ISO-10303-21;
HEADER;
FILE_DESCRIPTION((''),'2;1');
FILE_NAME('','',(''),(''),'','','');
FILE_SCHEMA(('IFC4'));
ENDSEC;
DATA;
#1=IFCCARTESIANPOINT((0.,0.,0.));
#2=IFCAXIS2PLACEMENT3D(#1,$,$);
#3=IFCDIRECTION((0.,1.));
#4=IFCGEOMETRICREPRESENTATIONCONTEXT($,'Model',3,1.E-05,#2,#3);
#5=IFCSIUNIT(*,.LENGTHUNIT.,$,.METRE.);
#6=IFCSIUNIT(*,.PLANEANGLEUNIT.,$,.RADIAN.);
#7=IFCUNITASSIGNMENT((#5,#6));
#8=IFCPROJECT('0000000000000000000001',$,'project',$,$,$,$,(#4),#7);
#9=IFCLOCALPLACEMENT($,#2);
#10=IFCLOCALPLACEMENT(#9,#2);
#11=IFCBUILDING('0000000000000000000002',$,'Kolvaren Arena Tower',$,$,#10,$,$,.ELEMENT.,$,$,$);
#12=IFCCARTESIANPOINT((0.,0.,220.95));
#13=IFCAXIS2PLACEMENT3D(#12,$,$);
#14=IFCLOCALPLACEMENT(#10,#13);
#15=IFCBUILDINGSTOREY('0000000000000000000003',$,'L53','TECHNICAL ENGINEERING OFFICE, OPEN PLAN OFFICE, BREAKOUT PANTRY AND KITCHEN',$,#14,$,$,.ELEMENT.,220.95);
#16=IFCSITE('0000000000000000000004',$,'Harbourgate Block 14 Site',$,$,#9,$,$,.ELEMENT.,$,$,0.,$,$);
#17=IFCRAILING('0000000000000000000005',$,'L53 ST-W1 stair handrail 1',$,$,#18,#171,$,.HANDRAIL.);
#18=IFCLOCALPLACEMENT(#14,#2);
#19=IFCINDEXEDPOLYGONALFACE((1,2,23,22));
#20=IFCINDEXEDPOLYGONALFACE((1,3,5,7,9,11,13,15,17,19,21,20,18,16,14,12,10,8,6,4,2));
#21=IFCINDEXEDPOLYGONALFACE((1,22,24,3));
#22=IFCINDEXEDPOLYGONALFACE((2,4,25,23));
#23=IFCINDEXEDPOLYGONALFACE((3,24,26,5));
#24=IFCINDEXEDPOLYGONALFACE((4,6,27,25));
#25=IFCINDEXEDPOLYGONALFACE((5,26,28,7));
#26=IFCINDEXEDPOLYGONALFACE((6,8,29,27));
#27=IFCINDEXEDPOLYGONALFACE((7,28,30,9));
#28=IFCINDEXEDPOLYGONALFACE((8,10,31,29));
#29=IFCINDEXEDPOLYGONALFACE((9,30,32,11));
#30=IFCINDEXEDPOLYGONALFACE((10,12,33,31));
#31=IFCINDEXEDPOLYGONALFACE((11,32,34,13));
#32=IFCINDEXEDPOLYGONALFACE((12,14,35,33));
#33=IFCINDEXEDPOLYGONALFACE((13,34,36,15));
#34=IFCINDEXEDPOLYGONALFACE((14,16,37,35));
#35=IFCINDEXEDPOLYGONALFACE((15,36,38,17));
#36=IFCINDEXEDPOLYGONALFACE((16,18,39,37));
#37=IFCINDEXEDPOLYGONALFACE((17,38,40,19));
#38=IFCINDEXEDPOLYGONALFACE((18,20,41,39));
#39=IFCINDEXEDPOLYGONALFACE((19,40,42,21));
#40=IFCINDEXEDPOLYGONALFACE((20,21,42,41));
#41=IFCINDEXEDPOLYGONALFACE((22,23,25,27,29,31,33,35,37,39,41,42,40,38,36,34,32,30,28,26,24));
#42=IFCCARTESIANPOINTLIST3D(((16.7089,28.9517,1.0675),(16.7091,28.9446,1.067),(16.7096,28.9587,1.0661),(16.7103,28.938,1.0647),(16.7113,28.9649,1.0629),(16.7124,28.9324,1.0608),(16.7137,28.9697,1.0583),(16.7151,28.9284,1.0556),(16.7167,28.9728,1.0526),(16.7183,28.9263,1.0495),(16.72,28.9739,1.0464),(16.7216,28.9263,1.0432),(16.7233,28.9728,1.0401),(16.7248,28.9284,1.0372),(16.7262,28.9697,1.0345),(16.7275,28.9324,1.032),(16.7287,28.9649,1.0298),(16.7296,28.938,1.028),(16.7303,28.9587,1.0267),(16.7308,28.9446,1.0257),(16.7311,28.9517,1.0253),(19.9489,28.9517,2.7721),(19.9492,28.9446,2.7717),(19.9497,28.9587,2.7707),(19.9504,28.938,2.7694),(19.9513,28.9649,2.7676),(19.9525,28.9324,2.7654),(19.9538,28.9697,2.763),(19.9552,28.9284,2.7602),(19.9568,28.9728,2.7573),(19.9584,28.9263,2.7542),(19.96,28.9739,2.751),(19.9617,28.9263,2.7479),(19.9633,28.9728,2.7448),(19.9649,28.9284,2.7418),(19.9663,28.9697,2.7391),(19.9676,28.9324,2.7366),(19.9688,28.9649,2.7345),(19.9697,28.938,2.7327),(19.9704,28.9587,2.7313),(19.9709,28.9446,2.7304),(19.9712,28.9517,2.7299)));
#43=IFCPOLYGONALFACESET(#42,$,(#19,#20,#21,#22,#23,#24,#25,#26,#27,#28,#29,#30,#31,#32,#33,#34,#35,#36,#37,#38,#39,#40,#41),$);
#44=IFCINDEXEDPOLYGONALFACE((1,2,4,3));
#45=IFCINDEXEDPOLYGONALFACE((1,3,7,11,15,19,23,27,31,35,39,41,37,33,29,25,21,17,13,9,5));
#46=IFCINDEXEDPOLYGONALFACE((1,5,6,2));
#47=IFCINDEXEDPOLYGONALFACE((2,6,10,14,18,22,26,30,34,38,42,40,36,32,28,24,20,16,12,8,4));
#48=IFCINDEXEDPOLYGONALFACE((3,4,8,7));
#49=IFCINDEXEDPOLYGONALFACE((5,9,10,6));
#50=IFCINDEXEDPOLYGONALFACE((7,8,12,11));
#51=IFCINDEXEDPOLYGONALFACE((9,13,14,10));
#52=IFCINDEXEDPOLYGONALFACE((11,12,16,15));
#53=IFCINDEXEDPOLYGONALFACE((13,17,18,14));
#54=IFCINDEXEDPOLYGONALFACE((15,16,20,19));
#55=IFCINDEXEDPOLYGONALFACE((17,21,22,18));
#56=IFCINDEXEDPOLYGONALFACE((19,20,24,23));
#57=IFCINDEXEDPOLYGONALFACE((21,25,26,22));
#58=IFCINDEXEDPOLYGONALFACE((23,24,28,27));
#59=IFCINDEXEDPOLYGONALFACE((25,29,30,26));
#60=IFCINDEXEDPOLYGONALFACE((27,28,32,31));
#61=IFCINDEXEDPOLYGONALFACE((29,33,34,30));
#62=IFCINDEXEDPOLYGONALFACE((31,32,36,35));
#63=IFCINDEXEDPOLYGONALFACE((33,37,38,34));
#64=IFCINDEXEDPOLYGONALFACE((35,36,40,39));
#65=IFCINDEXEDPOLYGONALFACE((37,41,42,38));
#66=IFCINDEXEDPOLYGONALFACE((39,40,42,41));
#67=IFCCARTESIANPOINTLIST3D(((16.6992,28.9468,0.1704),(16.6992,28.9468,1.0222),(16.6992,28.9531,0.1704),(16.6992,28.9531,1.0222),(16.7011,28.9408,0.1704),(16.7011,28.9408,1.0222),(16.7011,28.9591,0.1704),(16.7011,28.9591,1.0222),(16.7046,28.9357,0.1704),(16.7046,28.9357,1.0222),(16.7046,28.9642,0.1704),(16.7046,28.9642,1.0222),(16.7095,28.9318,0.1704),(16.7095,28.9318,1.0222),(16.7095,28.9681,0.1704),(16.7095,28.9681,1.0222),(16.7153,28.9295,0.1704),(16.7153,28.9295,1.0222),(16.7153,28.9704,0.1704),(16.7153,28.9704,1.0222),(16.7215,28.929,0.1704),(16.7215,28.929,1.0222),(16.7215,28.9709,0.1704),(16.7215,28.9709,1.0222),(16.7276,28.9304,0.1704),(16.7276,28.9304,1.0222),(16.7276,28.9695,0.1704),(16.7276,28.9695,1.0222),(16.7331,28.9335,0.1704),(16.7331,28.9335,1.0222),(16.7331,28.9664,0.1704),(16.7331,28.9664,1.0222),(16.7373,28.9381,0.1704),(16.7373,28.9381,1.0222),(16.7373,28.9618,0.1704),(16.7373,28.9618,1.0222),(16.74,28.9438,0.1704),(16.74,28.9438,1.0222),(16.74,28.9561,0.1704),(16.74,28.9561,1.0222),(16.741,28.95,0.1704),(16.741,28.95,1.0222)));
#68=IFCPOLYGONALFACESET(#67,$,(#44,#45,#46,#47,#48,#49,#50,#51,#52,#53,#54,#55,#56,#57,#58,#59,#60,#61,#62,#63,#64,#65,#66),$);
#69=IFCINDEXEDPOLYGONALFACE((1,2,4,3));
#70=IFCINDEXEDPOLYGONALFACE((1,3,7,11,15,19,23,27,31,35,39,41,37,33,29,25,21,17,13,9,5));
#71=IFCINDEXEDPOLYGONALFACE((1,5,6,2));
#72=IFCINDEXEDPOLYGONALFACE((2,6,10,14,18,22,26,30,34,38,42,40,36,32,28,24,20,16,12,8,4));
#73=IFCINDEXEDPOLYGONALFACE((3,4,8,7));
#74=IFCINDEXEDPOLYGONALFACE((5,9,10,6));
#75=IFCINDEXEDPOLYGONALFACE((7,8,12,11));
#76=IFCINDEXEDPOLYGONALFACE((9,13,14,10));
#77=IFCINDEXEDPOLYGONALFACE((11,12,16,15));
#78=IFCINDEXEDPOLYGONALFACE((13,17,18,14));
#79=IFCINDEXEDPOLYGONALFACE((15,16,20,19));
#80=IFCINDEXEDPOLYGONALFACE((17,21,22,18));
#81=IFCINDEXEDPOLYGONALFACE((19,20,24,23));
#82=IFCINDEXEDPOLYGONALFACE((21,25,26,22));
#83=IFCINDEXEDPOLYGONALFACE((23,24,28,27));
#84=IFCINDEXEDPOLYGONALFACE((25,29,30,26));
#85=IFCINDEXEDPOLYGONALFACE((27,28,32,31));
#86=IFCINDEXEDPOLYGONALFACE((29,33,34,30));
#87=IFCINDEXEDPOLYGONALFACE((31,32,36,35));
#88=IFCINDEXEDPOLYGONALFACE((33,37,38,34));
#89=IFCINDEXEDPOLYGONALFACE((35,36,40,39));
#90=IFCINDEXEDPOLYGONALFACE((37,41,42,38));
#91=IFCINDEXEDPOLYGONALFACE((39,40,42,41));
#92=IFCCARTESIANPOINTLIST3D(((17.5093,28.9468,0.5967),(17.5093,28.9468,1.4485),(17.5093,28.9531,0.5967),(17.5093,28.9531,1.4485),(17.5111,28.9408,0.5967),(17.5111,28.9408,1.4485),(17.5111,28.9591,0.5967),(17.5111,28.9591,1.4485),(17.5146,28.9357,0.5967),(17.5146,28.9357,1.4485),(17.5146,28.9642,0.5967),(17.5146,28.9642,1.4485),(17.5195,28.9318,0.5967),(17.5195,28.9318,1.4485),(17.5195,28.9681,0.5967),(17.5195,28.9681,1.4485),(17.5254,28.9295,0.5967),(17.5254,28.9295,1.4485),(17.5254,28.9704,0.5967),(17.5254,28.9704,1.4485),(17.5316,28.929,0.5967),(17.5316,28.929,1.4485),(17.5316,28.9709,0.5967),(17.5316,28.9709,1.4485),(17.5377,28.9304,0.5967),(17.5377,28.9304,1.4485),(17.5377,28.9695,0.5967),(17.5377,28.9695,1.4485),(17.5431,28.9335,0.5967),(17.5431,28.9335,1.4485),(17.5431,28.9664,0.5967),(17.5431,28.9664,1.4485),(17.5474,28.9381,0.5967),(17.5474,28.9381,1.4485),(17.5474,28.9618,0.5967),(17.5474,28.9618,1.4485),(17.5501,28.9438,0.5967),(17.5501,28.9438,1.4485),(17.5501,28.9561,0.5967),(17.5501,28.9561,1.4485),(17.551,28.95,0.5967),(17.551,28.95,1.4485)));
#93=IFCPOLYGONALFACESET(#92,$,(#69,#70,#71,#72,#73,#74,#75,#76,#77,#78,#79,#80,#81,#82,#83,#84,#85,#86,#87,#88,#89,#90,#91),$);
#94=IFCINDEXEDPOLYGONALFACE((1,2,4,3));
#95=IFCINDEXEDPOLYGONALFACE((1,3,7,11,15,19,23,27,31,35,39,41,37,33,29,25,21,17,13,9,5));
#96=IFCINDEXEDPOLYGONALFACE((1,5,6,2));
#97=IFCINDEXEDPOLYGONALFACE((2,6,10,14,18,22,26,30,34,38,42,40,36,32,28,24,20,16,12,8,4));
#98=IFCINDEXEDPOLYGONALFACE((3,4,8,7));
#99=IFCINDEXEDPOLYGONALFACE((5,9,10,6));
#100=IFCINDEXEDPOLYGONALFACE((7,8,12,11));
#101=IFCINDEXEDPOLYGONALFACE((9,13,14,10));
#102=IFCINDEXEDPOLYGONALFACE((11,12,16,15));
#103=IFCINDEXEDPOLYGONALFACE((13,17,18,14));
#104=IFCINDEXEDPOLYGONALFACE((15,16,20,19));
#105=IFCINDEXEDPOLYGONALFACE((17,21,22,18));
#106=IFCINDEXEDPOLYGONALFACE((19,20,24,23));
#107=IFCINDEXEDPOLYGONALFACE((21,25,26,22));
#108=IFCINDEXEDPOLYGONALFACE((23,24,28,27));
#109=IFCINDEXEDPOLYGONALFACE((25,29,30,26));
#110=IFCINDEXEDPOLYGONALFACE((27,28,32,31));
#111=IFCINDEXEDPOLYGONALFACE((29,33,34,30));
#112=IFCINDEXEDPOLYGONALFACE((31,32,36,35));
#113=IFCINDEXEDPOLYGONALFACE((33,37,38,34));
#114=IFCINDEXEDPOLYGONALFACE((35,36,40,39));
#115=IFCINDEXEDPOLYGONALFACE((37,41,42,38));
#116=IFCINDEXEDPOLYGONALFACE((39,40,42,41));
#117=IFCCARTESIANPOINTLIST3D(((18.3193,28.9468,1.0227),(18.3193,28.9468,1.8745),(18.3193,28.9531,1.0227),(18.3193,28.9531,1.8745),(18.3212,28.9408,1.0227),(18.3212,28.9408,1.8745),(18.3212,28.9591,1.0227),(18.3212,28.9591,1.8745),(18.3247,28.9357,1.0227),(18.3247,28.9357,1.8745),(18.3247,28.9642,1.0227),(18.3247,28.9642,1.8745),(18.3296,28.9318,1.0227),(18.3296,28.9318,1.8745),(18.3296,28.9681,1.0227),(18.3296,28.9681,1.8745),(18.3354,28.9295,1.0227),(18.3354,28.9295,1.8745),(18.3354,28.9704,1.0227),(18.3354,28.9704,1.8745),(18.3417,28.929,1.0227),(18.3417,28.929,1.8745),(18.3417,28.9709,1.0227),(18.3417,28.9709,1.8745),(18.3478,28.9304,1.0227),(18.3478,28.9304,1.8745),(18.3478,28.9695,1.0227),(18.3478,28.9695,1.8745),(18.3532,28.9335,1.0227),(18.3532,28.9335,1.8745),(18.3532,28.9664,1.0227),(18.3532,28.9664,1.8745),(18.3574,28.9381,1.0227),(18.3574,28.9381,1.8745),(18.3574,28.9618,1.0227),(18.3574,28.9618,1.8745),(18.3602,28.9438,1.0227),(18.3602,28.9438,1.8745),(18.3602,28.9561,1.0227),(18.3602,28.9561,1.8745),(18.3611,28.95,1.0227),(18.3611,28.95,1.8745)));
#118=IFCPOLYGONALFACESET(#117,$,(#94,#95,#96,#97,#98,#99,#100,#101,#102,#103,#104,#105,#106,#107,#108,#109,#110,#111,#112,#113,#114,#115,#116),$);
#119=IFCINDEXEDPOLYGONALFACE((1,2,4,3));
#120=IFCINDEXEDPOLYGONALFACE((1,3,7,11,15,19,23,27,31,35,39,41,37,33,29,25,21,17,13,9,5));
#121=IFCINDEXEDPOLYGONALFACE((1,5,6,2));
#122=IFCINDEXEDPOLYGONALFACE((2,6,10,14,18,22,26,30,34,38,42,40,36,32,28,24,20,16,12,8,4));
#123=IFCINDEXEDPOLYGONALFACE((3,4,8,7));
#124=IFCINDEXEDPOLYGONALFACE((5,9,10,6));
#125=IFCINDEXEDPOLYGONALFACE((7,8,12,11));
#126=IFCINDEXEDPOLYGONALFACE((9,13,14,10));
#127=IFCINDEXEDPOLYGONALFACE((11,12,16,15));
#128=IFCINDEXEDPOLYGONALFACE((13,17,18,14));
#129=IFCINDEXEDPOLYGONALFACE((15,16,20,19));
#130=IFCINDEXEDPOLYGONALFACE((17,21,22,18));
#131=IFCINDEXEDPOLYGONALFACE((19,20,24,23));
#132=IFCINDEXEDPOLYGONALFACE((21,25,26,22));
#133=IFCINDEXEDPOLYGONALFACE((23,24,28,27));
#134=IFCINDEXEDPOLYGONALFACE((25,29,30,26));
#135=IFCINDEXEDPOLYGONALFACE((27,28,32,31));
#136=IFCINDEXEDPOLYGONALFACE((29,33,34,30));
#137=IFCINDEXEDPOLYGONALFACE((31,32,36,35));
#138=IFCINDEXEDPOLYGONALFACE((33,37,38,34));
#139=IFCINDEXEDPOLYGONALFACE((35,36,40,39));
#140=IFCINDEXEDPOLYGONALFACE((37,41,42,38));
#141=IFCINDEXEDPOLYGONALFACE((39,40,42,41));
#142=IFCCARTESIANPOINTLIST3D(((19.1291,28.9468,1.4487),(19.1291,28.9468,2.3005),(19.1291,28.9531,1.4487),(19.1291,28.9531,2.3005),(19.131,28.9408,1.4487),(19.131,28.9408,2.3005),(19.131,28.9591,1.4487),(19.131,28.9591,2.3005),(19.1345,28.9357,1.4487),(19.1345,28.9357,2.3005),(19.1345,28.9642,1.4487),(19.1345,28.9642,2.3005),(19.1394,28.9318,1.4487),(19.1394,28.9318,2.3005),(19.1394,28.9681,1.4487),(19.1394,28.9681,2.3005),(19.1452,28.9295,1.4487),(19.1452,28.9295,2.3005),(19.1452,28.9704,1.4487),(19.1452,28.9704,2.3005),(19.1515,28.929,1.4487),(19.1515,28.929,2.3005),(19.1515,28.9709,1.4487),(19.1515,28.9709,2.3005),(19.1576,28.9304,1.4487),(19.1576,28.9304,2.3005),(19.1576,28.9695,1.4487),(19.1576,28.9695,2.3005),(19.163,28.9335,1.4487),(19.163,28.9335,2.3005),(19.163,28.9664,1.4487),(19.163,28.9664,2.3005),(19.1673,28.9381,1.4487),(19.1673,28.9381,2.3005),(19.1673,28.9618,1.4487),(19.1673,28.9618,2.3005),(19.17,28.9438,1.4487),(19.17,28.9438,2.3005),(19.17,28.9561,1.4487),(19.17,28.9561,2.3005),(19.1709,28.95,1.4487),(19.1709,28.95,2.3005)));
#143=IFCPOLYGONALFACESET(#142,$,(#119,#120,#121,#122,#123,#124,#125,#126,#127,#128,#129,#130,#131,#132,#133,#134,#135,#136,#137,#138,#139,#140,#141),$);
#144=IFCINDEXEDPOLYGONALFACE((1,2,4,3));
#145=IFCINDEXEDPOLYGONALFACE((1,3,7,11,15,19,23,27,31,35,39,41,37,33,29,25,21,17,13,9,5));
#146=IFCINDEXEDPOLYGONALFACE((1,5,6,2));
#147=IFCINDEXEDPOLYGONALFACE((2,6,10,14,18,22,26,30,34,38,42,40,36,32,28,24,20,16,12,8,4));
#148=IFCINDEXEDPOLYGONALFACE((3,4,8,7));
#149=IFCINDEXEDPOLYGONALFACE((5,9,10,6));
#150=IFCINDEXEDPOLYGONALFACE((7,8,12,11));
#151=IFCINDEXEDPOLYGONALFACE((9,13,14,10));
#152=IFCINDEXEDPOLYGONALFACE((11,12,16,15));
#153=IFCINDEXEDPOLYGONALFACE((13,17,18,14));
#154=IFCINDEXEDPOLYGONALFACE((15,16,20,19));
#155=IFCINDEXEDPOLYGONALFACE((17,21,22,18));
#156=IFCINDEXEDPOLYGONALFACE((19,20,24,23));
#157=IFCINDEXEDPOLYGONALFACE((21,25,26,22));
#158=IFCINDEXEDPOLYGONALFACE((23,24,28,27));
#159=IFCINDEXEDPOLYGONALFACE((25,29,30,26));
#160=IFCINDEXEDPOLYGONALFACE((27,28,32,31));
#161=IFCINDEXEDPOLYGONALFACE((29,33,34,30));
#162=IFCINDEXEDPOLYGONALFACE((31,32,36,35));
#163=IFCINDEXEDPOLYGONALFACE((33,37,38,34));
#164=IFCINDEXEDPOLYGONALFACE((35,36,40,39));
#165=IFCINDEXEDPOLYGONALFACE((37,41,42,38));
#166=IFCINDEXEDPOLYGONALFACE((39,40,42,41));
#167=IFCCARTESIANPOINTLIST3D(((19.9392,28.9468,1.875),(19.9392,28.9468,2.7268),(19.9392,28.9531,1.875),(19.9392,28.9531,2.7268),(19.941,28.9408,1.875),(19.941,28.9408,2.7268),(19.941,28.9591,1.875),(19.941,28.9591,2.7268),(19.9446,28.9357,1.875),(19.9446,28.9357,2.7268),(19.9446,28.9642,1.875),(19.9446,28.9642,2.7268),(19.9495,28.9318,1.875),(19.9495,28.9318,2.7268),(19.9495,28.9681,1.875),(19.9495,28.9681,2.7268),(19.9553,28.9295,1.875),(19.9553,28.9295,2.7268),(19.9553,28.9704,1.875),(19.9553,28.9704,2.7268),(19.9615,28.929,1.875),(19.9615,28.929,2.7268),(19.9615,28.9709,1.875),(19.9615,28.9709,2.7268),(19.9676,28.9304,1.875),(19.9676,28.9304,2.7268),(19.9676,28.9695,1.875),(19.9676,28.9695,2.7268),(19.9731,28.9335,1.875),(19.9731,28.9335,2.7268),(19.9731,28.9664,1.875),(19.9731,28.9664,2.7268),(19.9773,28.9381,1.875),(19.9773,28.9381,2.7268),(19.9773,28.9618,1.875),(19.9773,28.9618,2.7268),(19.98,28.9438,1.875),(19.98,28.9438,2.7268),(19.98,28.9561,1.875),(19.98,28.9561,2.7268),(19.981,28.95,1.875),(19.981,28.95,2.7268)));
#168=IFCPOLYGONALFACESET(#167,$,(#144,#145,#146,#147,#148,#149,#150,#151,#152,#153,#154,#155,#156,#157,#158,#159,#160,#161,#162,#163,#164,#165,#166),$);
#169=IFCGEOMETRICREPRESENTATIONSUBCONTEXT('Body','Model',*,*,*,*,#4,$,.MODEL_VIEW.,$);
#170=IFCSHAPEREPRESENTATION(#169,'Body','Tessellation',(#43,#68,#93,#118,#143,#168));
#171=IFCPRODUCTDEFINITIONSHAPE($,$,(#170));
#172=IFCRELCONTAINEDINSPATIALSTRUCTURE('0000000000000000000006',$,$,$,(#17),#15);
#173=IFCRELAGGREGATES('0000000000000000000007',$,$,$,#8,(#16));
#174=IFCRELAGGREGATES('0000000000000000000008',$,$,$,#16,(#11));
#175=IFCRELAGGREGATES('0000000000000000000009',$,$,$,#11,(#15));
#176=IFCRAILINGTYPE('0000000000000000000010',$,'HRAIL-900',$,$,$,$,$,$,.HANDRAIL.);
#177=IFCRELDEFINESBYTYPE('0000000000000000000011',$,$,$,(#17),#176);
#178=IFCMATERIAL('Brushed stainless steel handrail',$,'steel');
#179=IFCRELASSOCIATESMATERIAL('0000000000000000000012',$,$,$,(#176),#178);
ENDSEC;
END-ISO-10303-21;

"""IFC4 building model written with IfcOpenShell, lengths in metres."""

from ifc_helpers import new_model, si_unit, direction, frame, origin, origin_2d, place, context, subcontext, project, spatial, circle, extrude, material, type_object, element, save


model = new_model("IFC4")

# Units and contexts
model_context = context("Model", 3, precision=1e-05, world=origin(), true_north=direction((0.0, 1.0)))
body_context = subcontext(model_context, "Body", "Model", "MODEL_VIEW")
ifc_project = project(units=[si_unit("LENGTHUNIT", "METRE"), si_unit("PLANEANGLEUNIT", "RADIAN")], contexts=[model_context])

# Site, building, storey
site_placement = place(None, origin())
site = spatial("IfcSite", under=ifc_project, at=site_placement, Name="Harbourgate Block 14 Site", CompositionType="ELEMENT", RefElevation=0.0)
building_placement = place(site_placement, origin())
building = spatial("IfcBuilding", under=site, at=building_placement, Name="Kolvaren Arena Tower", CompositionType="ELEMENT")
storey_placement = place(building_placement, frame((0.0, 0.0, 220.95)))
storey = spatial("IfcBuildingStorey", under=building, at=storey_placement, Name="L53", Description="TECHNICAL ENGINEERING OFFICE, OPEN PLAN OFFICE, BREAKOUT PANTRY AND KITCHEN", CompositionType="ELEMENT", Elevation=220.95)

# Railing
ifc_material_1 = material(Name="Brushed stainless steel handrail", Category="steel")
railing_type_1 = type_object("IfcRailingType", Name="HRAIL-900", PredefinedType="HANDRAIL", material=ifc_material_1)
railing_1_placement = place(storey_placement, frame((16.72, 28.95, 0.1704)))
element("IfcRailing", 1, at=railing_1_placement, inside=storey, type_object=railing_type_1, Name="L53 ST-W1 stair handrail 1", PredefinedType="HANDRAIL", context=body_context, shape_type="SweptSolid", body=[
    extrude(circle(Radius=0.0239, at=origin_2d()), frame((0.0, 0.0, 0.876), z_axis=(0.884993, 0.0, 0.465604), x_axis=(0.0, 1.0, 0.0)), (0.0, 0.0, 1.0), 3.6611),
    extrude(circle(Radius=0.021, at=origin_2d()), origin(), (0.0, 0.0, 1.0), 0.8518),
    extrude(circle(Radius=0.021, at=origin_2d()), frame((0.8101, 0.0, 0.4263)), (0.0, 0.0, 1.0), 0.8518),
    extrude(circle(Radius=0.021, at=origin_2d()), frame((1.6201, 0.0, 0.8523)), (0.0, 0.0, 1.0), 0.8518),
    extrude(circle(Radius=0.021, at=origin_2d()), frame((2.4299, 0.0, 1.2783)), (0.0, 0.0, 1.0), 0.8518),
    extrude(circle(Radius=0.021, at=origin_2d()), frame((3.24, 0.0, 1.7046)), (0.0, 0.0, 1.0), 0.8518),
])

save(model, "model.ifc")
